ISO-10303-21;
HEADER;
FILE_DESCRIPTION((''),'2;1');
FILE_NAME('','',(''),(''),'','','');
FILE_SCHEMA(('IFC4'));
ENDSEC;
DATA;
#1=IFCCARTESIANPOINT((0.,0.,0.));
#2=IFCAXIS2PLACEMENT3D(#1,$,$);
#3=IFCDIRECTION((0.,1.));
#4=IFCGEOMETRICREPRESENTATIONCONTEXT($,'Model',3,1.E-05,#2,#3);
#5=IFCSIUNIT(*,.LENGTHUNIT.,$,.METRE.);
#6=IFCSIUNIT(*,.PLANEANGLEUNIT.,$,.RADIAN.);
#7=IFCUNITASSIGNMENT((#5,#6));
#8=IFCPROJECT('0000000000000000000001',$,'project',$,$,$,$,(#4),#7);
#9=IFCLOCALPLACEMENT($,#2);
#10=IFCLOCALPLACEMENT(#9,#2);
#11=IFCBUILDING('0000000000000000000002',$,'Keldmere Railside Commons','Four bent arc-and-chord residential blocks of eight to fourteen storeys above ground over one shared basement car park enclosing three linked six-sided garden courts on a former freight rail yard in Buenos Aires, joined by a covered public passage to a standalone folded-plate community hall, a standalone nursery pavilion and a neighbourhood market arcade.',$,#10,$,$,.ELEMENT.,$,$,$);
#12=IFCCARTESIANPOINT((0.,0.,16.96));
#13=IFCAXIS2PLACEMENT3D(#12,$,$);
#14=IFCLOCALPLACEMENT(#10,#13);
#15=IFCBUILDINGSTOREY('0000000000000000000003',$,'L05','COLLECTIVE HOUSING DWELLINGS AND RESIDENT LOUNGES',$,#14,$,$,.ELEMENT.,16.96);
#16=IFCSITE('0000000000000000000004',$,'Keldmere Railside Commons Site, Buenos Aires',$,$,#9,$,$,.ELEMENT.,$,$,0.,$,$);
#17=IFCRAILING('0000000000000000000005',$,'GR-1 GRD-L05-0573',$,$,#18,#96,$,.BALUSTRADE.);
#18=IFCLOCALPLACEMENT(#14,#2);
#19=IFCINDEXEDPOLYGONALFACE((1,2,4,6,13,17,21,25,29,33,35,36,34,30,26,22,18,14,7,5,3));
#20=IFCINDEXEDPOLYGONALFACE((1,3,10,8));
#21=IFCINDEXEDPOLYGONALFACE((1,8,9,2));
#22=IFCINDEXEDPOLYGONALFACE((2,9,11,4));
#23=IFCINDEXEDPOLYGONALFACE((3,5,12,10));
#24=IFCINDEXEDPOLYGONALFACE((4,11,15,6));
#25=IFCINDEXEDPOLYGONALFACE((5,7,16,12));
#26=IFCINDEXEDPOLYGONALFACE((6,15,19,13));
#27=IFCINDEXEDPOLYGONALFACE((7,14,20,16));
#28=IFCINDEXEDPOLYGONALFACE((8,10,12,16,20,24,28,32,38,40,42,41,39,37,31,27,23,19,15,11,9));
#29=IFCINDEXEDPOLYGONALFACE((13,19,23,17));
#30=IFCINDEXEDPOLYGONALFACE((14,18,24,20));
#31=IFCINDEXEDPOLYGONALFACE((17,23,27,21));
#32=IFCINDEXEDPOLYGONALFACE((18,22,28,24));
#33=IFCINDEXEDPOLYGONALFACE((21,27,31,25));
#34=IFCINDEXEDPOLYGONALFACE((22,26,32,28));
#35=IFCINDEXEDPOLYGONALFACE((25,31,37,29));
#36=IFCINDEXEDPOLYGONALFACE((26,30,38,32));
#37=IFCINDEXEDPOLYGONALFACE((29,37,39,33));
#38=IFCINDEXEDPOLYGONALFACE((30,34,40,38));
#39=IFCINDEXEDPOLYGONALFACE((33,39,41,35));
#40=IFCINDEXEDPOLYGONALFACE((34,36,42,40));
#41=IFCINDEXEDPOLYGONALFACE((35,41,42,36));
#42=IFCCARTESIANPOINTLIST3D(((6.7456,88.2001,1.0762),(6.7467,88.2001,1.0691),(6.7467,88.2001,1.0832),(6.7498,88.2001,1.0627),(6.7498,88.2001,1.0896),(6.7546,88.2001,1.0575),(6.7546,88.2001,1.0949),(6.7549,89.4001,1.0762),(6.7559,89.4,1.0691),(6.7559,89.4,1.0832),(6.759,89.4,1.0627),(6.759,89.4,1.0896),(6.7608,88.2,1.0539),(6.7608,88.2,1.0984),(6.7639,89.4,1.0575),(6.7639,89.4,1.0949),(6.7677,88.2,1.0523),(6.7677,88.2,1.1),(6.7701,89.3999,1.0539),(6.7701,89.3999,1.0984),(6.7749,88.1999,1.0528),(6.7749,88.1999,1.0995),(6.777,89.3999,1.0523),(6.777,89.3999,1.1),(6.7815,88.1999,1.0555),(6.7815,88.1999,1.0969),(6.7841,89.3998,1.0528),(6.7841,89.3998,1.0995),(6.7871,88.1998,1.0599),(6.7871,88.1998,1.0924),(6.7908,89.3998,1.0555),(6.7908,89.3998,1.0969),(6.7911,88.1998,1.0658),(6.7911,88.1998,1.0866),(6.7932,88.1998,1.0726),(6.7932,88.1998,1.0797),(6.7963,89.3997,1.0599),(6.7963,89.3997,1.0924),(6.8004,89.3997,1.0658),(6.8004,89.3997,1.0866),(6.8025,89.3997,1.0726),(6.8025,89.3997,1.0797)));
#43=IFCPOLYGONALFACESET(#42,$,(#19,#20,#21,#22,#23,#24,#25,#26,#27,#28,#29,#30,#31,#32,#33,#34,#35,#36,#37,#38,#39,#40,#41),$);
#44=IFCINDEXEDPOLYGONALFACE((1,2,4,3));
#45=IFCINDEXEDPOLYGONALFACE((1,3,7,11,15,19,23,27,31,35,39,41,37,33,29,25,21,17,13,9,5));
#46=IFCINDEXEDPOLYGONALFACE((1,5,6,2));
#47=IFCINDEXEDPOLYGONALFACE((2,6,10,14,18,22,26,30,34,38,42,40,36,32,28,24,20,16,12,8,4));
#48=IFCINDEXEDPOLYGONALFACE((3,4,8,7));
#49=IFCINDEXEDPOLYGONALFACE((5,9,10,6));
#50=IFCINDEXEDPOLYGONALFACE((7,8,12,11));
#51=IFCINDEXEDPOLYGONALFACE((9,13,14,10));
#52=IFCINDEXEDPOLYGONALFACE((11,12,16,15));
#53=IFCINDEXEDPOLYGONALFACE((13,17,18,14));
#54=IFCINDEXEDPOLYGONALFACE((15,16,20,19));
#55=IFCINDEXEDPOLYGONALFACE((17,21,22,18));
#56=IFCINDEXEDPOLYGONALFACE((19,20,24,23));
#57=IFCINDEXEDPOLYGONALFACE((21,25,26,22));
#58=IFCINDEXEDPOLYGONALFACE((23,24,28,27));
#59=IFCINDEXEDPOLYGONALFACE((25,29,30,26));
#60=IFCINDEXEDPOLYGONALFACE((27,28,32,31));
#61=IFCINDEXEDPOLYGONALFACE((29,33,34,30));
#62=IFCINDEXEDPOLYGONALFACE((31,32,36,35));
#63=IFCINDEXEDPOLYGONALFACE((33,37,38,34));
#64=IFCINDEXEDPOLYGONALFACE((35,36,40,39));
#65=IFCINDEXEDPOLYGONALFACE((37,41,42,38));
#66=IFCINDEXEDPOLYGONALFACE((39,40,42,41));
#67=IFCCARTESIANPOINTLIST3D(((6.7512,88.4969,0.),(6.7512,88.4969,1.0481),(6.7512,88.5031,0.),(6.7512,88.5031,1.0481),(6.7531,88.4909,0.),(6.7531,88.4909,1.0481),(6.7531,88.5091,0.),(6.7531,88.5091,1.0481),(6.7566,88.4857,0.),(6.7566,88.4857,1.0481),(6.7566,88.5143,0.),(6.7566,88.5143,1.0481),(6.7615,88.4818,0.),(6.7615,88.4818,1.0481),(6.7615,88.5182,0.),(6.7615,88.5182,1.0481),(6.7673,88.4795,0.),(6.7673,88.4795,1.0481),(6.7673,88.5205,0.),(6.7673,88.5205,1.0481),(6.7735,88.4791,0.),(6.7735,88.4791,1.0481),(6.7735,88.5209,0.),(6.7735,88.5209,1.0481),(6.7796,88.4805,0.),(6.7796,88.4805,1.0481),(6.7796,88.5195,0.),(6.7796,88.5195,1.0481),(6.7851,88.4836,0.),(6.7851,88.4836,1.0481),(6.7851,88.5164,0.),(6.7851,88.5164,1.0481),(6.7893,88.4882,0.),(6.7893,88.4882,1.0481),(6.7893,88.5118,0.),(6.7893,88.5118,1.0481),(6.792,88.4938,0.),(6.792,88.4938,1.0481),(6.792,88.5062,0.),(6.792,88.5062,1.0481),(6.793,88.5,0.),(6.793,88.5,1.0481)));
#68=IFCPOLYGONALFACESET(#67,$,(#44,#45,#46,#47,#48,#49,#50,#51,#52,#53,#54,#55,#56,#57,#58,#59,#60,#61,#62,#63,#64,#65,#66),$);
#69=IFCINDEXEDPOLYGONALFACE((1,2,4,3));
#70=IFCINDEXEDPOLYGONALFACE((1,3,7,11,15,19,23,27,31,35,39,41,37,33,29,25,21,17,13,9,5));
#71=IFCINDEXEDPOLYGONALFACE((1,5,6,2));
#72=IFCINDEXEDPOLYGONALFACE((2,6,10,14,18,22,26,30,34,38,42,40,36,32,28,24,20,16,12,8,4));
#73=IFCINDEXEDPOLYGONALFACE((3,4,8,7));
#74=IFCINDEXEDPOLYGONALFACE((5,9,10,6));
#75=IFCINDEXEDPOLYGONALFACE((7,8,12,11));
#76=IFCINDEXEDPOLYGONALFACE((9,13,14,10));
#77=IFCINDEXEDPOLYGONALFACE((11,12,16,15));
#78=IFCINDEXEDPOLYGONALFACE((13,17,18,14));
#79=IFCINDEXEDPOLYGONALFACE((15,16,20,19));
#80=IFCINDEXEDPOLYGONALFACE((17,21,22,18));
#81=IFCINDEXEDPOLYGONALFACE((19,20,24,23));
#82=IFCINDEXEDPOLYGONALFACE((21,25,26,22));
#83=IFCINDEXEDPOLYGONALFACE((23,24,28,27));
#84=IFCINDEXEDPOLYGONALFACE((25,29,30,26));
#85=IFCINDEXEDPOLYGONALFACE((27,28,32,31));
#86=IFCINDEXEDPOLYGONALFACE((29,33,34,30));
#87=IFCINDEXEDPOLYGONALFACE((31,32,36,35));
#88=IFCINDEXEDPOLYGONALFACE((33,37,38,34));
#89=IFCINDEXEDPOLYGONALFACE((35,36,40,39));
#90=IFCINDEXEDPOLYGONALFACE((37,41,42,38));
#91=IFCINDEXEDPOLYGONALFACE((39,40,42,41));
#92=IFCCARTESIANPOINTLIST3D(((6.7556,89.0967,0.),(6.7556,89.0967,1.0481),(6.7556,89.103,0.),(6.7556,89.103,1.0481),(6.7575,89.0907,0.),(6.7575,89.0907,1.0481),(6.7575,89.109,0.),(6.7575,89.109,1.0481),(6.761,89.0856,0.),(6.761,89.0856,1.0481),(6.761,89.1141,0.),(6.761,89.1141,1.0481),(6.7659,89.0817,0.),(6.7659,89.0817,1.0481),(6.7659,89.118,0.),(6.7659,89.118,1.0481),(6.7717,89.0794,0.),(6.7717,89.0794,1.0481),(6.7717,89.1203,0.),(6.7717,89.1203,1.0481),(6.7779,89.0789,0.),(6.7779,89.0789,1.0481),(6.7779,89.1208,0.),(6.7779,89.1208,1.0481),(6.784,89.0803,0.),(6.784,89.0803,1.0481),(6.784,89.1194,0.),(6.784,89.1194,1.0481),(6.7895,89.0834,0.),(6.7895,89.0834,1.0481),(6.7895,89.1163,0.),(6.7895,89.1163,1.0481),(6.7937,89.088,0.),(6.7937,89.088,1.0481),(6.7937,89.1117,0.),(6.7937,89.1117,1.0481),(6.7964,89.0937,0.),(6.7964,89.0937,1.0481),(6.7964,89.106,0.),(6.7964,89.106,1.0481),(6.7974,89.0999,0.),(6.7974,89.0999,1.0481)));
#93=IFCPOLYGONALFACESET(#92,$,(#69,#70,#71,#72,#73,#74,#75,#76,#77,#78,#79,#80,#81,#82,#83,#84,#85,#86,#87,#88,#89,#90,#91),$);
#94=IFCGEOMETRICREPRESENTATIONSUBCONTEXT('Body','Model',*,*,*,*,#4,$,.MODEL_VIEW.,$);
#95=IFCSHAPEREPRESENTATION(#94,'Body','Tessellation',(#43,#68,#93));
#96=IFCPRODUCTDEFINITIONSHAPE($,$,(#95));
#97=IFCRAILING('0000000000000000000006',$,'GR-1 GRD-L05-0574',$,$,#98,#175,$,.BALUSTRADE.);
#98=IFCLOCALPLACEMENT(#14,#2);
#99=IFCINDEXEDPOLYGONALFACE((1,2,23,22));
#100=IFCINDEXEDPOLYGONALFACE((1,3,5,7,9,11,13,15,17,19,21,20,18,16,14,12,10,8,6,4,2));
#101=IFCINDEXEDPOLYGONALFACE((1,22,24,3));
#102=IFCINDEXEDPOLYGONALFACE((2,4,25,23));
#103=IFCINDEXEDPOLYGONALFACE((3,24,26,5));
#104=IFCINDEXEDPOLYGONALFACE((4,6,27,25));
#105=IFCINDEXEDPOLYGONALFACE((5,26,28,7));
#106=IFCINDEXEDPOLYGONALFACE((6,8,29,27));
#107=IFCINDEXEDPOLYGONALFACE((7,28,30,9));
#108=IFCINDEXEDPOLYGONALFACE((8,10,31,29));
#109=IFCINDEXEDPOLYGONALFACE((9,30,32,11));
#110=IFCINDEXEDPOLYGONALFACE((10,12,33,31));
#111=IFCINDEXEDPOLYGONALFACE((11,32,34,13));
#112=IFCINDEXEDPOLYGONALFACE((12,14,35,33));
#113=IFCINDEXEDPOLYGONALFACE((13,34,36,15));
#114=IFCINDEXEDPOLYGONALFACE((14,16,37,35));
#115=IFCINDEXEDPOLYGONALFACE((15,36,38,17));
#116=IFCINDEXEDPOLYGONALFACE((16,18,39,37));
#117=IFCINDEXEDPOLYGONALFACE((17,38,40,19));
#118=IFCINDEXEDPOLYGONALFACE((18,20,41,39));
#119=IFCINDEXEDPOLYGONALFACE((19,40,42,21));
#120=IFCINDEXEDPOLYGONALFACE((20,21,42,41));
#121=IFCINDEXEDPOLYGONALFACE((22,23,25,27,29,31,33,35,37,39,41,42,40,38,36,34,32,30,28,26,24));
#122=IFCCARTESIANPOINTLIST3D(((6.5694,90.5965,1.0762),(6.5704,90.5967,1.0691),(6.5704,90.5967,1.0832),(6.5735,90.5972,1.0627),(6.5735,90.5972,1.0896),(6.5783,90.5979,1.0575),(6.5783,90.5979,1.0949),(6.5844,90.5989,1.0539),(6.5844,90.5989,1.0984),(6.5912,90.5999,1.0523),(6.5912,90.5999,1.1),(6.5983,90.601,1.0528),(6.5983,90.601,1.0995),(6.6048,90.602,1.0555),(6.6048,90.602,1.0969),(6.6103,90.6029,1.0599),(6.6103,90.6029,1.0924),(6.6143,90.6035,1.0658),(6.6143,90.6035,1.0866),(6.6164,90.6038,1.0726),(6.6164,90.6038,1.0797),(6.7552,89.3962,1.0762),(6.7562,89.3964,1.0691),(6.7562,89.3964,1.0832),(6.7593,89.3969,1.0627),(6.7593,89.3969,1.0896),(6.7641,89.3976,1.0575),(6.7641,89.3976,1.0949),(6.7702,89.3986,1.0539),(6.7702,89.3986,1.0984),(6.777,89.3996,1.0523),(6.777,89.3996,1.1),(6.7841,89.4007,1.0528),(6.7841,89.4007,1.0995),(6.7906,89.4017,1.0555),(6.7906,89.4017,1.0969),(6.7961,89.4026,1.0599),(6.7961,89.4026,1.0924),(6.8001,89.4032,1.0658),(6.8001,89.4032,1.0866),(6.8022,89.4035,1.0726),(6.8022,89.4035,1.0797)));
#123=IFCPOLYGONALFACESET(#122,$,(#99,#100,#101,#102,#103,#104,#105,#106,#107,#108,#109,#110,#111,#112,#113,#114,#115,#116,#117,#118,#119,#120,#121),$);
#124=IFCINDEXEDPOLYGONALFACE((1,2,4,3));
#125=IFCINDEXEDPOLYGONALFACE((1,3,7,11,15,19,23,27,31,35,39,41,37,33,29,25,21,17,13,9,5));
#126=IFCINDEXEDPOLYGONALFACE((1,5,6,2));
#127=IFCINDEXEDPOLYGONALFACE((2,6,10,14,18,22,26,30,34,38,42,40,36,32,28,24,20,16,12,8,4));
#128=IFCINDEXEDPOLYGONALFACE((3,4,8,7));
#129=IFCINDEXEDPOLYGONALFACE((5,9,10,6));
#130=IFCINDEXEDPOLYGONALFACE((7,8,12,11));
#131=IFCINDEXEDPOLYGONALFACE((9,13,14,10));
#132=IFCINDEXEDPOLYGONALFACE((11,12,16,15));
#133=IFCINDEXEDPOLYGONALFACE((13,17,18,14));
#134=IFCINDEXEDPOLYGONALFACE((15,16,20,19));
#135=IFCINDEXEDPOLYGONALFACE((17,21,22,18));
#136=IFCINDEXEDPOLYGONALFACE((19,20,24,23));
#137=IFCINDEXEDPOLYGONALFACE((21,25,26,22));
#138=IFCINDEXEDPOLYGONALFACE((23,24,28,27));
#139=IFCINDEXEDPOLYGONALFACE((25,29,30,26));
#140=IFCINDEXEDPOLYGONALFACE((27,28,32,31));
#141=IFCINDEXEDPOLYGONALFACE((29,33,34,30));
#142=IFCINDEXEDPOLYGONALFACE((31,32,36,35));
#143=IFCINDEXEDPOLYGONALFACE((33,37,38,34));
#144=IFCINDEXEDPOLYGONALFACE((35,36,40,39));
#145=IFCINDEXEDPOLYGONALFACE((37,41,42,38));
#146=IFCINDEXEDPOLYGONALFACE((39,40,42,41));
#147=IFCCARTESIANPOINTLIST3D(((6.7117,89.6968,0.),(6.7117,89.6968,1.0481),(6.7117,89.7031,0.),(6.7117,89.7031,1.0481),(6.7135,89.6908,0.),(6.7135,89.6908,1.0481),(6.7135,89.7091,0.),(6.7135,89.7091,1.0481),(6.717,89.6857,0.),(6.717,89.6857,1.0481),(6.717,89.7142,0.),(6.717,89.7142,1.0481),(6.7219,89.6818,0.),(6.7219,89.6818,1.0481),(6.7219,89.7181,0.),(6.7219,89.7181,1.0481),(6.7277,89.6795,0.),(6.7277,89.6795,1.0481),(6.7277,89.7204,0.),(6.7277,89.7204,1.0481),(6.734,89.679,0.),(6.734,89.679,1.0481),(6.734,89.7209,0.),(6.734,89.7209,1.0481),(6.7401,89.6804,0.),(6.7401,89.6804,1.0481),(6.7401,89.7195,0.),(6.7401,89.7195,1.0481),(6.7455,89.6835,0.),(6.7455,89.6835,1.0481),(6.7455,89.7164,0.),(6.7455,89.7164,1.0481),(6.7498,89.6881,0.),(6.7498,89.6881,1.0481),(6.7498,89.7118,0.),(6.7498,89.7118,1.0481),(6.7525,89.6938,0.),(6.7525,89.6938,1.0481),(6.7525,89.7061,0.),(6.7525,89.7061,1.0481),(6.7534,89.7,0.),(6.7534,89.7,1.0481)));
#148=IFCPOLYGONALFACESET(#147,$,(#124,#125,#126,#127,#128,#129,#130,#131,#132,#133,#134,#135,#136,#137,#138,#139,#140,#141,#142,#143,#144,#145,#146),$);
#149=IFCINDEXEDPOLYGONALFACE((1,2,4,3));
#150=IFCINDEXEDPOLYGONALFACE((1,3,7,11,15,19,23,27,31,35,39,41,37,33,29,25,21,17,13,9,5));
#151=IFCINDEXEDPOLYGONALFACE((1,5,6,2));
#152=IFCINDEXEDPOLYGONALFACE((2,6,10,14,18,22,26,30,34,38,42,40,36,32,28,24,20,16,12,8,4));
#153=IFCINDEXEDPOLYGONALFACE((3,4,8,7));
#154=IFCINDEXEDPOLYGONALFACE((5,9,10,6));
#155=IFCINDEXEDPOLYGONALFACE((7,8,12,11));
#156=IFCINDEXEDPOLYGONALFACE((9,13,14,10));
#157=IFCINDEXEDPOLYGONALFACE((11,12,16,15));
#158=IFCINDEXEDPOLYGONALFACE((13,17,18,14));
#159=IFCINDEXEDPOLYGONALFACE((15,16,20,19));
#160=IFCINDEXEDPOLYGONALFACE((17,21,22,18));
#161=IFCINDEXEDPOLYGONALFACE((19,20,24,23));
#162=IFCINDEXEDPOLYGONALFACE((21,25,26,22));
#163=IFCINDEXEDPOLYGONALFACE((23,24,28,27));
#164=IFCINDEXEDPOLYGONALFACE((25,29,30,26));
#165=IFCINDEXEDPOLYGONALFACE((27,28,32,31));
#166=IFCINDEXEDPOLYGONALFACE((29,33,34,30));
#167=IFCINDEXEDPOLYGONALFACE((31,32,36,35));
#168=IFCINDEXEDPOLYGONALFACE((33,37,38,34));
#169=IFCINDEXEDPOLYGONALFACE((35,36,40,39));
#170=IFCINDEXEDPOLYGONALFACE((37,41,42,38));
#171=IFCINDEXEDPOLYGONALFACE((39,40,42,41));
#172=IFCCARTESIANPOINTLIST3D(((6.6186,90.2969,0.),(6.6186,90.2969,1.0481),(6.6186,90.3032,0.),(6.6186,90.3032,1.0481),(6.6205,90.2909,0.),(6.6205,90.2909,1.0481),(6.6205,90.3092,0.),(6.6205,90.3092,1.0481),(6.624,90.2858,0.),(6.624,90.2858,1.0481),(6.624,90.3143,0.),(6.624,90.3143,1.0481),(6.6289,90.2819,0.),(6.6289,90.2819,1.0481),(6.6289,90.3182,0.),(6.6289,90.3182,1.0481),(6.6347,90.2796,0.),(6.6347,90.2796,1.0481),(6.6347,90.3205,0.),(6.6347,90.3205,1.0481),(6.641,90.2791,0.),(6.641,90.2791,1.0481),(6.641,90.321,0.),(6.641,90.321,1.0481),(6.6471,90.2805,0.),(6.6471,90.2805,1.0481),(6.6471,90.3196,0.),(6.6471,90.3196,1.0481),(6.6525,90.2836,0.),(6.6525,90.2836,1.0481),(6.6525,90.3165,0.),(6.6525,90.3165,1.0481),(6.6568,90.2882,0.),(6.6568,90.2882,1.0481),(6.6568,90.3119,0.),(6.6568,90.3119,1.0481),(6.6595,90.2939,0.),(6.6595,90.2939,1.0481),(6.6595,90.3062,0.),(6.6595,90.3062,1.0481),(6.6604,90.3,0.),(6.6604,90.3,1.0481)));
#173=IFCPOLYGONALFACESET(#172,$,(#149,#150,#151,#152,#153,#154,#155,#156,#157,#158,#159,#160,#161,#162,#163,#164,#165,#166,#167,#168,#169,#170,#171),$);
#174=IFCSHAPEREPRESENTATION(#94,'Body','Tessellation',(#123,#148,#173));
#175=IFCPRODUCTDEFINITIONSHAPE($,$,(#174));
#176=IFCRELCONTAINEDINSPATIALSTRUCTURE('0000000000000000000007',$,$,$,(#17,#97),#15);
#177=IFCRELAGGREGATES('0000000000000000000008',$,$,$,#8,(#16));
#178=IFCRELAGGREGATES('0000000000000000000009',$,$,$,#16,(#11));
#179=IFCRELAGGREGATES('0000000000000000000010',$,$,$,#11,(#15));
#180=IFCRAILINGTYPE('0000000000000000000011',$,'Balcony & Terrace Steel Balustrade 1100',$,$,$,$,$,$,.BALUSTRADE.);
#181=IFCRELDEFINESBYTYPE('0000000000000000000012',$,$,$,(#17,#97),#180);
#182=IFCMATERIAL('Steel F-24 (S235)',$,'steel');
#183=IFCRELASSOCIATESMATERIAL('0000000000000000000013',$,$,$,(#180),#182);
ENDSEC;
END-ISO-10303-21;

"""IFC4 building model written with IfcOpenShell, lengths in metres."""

from ifc_helpers import new_model, si_unit, direction, frame, origin, origin_2d, place, context, subcontext, project, spatial, circle, extrude, material, type_object, element, save


model = new_model("IFC4")

# Units and contexts
model_context = context("Model", 3, precision=1e-05, world=origin(), true_north=direction((0.0, 1.0)))
body_context = subcontext(model_context, "Body", "Model", "MODEL_VIEW")
ifc_project = project(units=[si_unit("LENGTHUNIT", "METRE"), si_unit("PLANEANGLEUNIT", "RADIAN")], contexts=[model_context])

# Site, building, storey
site_placement = place(None, origin())
site = spatial("IfcSite", under=ifc_project, at=site_placement, Name="Keldmere Railside Commons Site, Buenos Aires", CompositionType="ELEMENT", RefElevation=0.0)
building_placement = place(site_placement, origin())
building = spatial("IfcBuilding", under=site, at=building_placement, Name="Keldmere Railside Commons", Description="Four bent arc-and-chord residential blocks of eight to fourteen storeys above ground over one shared basement car park enclosing three linked six-sided garden courts on a former freight rail yard in Buenos Aires, joined by a covered public passage to a standalone folded-plate community hall, a standalone nursery pavilion and a neighbourhood market arcade.", CompositionType="ELEMENT")
storey_placement = place(building_placement, frame((0.0, 0.0, 16.96)))
storey = spatial("IfcBuildingStorey", under=building, at=storey_placement, Name="L05", Description="COLLECTIVE HOUSING DWELLINGS AND RESIDENT LOUNGES", CompositionType="ELEMENT", Elevation=16.96)

# Railings
ifc_material_1 = material(Name="Steel F-24 (S235)", Category="steel")
railing_type = type_object("IfcRailingType", Name="Balcony & Terrace Steel Balustrade 1100", PredefinedType="BALUSTRADE", material=ifc_material_1)
railing_1_placement = place(storey_placement, frame((6.7695, 88.2, 0.0)))
element("IfcRailing", 1, at=railing_1_placement, inside=storey, type_object=railing_type, Name="GR-1 GRD-L05-0573", PredefinedType="BALUSTRADE", context=body_context, shape_type="SweptSolid", body=[
    extrude(circle(Radius=0.0239, at=origin_2d()), frame((0.0, 0.0, 1.0762), z_axis=(0.007731, 0.99997, 0.0), x_axis=(-0.99997, 0.007731, 0.0)), (0.0, 0.0, 1.0), 1.2),
    extrude(circle(Radius=0.021, at=origin_2d()), frame((0.0024, 0.3, 0.0)), (0.0, 0.0, 1.0), 1.0481),
    extrude(circle(Radius=0.021, at=origin_2d()), frame((0.0068, 0.8999, 0.0)), (0.0, 0.0, 1.0), 1.0481),
])
railing_2_placement = place(storey_placement, frame((6.7788, 89.3999, 0.0)))
element("IfcRailing", 2, at=railing_2_placement, inside=storey, type_object=railing_type, Name="GR-1 GRD-L05-0574", PredefinedType="BALUSTRADE", context=body_context, shape_type="SweptSolid", body=[
    extrude(circle(Radius=0.0239, at=origin_2d()), frame((0.0, 0.0, 1.0762), z_axis=(-0.152979, 0.98823, 0.0), x_axis=(-0.98823, -0.152979, 0.0)), (0.0, 0.0, 1.0), 1.2146),
    extrude(circle(Radius=0.021, at=origin_2d()), frame((-0.0464, 0.3, 0.0)), (0.0, 0.0, 1.0), 1.0481),
    extrude(circle(Radius=0.021, at=origin_2d()), frame((-0.1394, 0.9001, 0.0)), (0.0, 0.0, 1.0), 1.0481),
])

save(model, "model.ifc")
